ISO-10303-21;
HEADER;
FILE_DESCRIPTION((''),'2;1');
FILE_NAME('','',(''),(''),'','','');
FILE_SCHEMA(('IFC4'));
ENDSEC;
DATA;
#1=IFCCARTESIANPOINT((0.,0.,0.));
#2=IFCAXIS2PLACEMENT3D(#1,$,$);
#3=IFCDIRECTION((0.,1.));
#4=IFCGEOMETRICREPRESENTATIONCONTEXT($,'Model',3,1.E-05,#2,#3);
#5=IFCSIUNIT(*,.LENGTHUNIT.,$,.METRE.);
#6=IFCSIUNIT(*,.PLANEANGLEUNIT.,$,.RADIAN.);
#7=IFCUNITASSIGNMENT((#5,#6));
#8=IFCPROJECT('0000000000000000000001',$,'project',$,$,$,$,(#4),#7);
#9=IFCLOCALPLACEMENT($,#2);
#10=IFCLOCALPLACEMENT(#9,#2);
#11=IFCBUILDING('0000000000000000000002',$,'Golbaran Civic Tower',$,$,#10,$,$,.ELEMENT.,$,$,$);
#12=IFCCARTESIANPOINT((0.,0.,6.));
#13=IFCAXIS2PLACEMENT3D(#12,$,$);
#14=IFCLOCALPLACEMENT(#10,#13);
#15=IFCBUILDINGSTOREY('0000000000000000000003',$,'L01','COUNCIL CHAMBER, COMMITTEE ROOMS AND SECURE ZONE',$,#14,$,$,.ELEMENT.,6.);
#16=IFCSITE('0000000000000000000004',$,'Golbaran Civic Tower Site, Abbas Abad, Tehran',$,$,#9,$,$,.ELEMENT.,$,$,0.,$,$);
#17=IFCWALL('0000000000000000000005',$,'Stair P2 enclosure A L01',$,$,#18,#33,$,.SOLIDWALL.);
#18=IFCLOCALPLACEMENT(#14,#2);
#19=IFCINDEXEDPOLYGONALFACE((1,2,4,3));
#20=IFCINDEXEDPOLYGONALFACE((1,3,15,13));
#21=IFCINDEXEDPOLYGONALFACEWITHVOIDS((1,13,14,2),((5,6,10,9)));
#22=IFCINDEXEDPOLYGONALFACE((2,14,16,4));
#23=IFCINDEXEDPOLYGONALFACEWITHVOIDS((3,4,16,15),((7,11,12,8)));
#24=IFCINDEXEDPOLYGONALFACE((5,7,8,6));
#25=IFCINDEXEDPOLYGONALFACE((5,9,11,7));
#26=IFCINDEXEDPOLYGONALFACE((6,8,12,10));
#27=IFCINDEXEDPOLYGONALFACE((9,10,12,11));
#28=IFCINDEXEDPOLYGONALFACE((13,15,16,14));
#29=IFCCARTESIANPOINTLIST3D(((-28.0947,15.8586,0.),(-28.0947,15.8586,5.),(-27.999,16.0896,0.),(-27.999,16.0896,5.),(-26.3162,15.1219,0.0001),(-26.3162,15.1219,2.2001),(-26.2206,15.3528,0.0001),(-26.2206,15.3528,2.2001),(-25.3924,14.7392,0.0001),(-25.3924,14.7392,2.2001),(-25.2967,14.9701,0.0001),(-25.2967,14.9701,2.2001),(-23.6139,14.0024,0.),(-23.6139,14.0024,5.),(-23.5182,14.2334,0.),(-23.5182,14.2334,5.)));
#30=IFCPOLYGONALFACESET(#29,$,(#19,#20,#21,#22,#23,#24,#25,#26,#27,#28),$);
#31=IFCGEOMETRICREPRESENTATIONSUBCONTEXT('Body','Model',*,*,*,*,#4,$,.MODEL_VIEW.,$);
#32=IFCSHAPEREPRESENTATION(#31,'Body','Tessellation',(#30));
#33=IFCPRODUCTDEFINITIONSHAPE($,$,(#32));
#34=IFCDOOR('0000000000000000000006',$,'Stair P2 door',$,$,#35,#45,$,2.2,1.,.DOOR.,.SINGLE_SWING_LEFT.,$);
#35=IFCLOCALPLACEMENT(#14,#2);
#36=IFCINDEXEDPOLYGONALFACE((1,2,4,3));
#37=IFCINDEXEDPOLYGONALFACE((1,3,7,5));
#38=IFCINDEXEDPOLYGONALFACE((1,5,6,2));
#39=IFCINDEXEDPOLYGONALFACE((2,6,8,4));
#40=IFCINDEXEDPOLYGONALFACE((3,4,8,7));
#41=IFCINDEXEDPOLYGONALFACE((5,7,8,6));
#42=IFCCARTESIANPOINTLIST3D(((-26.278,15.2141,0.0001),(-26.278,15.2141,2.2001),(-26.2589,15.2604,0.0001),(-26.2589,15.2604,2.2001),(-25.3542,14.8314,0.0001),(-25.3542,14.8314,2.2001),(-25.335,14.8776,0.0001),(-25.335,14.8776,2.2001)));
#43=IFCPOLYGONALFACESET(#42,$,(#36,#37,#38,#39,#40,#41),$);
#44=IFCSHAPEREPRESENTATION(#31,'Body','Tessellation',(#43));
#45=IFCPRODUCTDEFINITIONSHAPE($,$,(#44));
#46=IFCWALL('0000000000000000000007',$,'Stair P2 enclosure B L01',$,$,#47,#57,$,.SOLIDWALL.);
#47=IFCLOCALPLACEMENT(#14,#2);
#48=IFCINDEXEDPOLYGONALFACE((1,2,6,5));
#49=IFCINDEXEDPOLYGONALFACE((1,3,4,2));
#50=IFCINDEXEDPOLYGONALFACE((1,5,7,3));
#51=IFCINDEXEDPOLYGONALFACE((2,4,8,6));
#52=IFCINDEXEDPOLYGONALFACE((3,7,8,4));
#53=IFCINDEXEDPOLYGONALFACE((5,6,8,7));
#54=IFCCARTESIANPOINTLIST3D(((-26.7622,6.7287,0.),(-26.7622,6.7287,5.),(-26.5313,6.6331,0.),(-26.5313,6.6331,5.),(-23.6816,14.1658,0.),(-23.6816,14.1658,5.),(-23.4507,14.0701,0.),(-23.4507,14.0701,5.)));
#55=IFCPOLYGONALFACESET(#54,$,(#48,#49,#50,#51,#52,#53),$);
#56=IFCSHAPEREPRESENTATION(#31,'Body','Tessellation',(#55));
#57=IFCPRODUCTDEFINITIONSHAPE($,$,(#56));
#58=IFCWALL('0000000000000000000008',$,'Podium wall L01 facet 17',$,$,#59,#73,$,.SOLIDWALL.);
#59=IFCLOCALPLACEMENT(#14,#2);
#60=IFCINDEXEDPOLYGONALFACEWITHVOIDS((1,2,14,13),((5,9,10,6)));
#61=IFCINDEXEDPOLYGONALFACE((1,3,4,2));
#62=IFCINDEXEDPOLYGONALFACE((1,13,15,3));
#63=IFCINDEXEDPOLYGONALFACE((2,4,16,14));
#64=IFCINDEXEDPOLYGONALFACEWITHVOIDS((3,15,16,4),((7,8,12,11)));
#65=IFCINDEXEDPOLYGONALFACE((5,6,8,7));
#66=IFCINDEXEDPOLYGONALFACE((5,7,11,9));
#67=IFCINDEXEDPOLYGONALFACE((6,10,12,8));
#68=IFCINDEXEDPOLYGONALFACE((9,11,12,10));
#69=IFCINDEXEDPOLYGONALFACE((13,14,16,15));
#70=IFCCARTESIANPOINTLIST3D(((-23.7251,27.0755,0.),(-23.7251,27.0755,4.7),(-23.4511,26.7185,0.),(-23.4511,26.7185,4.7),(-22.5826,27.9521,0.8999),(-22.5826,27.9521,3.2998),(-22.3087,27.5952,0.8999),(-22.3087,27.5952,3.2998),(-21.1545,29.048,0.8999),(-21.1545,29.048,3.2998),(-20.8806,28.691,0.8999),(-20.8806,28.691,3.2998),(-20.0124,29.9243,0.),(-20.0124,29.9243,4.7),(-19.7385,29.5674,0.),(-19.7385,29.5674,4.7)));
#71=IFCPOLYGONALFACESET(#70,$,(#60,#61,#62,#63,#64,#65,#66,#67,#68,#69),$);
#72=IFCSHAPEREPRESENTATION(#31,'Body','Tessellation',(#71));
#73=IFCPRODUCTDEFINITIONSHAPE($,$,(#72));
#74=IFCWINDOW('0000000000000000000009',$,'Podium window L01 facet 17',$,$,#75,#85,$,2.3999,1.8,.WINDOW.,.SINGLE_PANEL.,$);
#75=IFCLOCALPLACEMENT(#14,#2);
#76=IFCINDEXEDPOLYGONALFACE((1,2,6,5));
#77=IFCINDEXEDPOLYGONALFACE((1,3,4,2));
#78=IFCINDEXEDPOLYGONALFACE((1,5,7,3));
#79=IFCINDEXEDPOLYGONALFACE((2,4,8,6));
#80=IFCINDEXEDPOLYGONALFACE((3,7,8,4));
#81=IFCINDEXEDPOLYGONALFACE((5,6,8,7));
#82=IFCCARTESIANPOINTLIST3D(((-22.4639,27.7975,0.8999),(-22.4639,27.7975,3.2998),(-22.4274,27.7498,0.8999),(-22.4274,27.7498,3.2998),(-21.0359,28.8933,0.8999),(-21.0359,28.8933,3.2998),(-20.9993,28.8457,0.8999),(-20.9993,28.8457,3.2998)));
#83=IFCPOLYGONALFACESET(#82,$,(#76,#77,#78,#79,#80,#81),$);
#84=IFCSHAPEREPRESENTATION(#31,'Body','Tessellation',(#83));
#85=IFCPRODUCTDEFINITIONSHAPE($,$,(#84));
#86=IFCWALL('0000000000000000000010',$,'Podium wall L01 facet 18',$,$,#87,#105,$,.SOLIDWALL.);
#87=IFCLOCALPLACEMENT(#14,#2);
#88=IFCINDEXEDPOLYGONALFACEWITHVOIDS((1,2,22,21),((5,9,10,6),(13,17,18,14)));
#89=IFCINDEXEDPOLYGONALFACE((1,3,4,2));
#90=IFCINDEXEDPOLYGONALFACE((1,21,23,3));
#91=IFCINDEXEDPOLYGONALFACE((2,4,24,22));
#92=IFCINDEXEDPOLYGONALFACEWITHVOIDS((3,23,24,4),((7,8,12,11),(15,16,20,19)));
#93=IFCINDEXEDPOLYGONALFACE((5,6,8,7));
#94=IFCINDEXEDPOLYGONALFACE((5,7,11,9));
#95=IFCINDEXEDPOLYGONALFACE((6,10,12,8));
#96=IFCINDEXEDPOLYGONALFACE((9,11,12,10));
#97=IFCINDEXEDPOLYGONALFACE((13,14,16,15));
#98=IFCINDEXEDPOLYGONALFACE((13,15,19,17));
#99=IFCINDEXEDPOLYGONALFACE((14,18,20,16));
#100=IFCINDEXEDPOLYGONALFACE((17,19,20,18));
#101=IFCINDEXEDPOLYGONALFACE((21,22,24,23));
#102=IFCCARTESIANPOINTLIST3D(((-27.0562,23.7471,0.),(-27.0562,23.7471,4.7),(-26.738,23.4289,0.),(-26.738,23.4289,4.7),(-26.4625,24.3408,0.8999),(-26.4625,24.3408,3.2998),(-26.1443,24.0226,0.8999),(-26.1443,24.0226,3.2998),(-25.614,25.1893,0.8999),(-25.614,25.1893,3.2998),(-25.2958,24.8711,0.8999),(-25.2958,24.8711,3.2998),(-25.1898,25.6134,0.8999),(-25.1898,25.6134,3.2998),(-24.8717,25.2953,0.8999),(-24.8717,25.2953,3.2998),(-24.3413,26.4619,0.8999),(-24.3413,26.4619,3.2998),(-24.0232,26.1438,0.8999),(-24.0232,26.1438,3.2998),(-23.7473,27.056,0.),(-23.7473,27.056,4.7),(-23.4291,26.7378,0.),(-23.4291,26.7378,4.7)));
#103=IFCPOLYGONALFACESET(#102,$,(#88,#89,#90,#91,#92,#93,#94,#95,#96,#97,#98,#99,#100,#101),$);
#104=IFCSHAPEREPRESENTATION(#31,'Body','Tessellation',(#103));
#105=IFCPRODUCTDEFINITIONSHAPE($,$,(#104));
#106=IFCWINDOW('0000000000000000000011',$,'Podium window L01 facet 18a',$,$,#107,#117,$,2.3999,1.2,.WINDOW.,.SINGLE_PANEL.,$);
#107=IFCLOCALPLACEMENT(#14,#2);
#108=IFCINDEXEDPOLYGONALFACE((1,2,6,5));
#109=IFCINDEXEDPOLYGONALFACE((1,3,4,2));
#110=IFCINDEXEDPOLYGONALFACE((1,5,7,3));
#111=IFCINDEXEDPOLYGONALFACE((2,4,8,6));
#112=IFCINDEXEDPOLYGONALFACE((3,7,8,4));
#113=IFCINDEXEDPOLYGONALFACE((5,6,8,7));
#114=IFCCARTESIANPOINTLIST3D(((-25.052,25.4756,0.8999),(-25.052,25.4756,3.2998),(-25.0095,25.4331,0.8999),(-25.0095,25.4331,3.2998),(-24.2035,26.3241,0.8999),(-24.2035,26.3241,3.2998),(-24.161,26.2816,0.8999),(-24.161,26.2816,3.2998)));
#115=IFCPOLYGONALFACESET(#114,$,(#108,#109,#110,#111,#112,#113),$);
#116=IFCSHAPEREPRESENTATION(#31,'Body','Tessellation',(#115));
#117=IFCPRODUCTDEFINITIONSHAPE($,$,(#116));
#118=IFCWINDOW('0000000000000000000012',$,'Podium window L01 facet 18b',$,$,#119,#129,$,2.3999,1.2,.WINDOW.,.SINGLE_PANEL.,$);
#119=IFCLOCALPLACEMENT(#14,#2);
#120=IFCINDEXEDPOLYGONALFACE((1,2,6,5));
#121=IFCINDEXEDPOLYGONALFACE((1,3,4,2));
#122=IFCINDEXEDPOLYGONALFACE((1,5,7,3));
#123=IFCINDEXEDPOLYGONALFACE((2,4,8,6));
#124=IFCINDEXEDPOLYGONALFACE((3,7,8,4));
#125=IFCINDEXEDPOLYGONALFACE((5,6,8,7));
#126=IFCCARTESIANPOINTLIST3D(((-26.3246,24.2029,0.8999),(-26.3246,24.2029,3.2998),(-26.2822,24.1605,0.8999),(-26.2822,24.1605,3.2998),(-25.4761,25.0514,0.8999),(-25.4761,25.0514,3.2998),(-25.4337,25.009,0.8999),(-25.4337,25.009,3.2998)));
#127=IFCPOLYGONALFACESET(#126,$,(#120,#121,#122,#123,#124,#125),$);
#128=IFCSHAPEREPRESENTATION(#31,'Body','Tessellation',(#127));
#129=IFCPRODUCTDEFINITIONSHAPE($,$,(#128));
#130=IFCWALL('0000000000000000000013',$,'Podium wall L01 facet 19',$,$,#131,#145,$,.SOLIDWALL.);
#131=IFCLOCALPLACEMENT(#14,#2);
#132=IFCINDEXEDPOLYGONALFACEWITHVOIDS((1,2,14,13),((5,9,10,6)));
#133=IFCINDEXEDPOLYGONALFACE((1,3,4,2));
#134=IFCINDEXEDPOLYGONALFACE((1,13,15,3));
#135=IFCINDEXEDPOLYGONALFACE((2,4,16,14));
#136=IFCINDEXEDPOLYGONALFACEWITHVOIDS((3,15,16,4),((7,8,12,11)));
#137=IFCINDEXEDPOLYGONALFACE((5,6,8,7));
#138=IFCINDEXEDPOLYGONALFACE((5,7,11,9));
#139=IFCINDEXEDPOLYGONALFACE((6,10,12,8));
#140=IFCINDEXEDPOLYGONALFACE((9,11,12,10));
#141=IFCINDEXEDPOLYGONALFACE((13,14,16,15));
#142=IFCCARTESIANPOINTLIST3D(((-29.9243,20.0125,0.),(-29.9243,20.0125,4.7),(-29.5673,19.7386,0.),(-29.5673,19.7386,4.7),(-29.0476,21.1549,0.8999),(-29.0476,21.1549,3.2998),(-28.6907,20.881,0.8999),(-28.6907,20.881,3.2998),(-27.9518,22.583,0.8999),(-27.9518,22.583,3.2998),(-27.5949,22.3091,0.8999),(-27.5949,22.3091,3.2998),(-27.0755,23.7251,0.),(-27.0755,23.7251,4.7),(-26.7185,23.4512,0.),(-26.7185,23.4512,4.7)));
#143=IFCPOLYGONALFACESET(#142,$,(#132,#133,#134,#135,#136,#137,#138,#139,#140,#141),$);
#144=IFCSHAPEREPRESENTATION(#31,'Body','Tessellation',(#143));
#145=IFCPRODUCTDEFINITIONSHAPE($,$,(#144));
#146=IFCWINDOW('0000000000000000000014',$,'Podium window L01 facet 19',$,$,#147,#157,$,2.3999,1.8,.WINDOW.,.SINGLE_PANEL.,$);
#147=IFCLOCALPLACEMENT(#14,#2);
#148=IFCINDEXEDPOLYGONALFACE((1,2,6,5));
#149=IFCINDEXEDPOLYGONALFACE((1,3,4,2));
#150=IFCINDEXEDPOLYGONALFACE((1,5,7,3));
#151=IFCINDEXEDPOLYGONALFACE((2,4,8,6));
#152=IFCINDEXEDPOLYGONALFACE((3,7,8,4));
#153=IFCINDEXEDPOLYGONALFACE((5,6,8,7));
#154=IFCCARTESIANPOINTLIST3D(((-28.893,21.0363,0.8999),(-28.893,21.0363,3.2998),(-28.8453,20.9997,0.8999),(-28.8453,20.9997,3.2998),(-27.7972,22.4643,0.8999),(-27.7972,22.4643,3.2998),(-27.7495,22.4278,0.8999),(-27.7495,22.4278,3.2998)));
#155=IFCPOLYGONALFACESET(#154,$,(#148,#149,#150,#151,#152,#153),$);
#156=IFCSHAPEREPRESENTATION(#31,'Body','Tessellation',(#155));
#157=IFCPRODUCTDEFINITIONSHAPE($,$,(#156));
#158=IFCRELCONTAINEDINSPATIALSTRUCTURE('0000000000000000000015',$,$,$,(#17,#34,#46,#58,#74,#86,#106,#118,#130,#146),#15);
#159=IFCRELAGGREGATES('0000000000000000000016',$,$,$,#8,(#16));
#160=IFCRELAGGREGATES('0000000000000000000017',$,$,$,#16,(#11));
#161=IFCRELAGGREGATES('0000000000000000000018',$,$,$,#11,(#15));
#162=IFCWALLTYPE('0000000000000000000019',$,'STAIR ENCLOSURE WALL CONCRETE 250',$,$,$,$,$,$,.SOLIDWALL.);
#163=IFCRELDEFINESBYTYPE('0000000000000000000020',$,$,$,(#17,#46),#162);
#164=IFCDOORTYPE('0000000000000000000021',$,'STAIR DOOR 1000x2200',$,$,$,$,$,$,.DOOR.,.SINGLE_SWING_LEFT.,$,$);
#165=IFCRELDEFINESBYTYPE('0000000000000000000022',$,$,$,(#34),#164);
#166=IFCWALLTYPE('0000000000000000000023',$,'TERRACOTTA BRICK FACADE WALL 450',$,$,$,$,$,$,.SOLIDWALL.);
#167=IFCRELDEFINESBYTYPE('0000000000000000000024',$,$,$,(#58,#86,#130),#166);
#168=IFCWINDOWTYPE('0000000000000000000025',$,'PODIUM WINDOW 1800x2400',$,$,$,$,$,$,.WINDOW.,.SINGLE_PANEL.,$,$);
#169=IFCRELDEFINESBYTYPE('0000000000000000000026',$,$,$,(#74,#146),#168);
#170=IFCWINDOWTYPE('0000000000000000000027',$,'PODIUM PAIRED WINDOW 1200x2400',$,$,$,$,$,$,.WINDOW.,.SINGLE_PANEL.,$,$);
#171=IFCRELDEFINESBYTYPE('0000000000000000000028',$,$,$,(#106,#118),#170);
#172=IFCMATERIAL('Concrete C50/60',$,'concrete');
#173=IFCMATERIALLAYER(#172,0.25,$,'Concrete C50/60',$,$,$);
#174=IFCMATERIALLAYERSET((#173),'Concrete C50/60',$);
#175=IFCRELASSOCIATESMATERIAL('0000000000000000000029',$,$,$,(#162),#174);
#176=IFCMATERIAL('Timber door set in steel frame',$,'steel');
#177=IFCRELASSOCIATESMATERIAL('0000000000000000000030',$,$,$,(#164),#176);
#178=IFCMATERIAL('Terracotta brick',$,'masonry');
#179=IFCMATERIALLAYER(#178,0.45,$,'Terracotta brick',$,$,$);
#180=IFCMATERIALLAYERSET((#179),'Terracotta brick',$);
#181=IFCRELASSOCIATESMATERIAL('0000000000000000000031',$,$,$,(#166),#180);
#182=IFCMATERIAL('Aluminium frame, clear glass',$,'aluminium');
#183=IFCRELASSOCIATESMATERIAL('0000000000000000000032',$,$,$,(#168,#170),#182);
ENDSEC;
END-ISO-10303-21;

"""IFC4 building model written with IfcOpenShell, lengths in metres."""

from ifc_helpers import new_model, si_unit, direction, frame, frame_2d, origin, place, context, subcontext, project, spatial, rectangle, extrude, material, layer, layer_set, type_object, element, fill, save


model = new_model("IFC4")

# Units and contexts
model_context = context("Model", 3, precision=1e-05, world=origin(), true_north=direction((0.0, 1.0)))
body_context = subcontext(model_context, "Body", "Model", "MODEL_VIEW")
ifc_project = project(units=[si_unit("LENGTHUNIT", "METRE"), si_unit("PLANEANGLEUNIT", "RADIAN")], contexts=[model_context])

# Site, building, storey
site_placement = place(None, origin())
site = spatial("IfcSite", under=ifc_project, at=site_placement, Name="Golbaran Civic Tower Site, Abbas Abad, Tehran", CompositionType="ELEMENT", RefElevation=0.0)
building_placement = place(site_placement, origin())
building = spatial("IfcBuilding", under=site, at=building_placement, Name="Golbaran Civic Tower", CompositionType="ELEMENT")
storey_placement = place(building_placement, frame((0.0, 0.0, 6.0)))
storey = spatial("IfcBuildingStorey", under=building, at=storey_placement, Name="L01", Description="COUNCIL CHAMBER, COMMITTEE ROOMS AND SECURE ZONE", CompositionType="ELEMENT", Elevation=6.0)

# Shared definitions
ifc_material_1 = material(Name="Concrete C50/60", Category="concrete")

# Wall, opening, door
ifc_material_2 = material(Name="Timber door set in steel frame", Category="steel")
ifc_layer_1 = layer(ifc_material_1, 0.25, Name="Concrete C50/60")
ifc_layer_set_1 = layer_set([ifc_layer_1], Name="Concrete C50/60")
wall_type_1 = type_object("IfcWallType", Name="STAIR ENCLOSURE WALL CONCRETE 250", PredefinedType="SOLIDWALL", material=ifc_layer_set_1)
wall_1_placement = place(storey_placement, frame((-28.0469, 15.9741, 0.0), z_axis=(0.0, 0.0, 1.0), x_axis=(0.923863, -0.382724, 0.0)))
wall_1 = element("IfcWall", 1, at=wall_1_placement, inside=storey, type_object=wall_type_1, Name="Stair P2 enclosure A L01", PredefinedType="SOLIDWALL", context=body_context, shape_type="SweptSolid", body=[
    extrude(rectangle(XDim=4.8501, YDim=0.25, at=frame_2d((2.425, 0.0))), origin(), (0.0, 0.0, 1.0), 5.0),
])
opening_1_placement = place(wall_1_placement, frame((1.925, 0.0, 0.0)))
opening_1 = element("IfcOpeningElement", 2, at=opening_1_placement, cuts=wall_1, PredefinedType="OPENING", context=body_context, shape_type="SweptSolid", body=[
    extrude(rectangle(XDim=1.0, YDim=2.2, at=frame_2d((0.5, 1.1001))), frame((0.0, 0.135, 0.0), z_axis=(0.0, -1.0, 0.0), x_axis=(1.0, 0.0, 0.0)), (0.0, 0.0, 1.0), 0.27),
])
door_type_1 = type_object("IfcDoorType", Name="STAIR DOOR 1000x2200", OperationType="SINGLE_SWING_LEFT", PredefinedType="DOOR", material=ifc_material_2)
door_1_placement = place(opening_1_placement, origin())
door_1 = element("IfcDoor", 3, at=door_1_placement, inside=storey, type_object=door_type_1, Name="Stair P2 door", OperationType="SINGLE_SWING_LEFT", OverallHeight=2.2, OverallWidth=1.0, PredefinedType="DOOR", context=body_context, shape_type="SweptSolid", body=[
    extrude(rectangle(XDim=1.0, YDim=2.2, at=frame_2d((0.5, 1.1001))), frame((0.0, 0.0249, 0.0), z_axis=(0.0, -1.0, 0.0), x_axis=(1.0, 0.0, 0.0)), (0.0, 0.0, 1.0), 0.05),
])
fill(opening_1, door_1)

# Wall
wall_2_placement = place(storey_placement, frame((-23.5662, 14.1179, 0.0), z_axis=(0.0, 0.0, 1.0), x_axis=(-0.382689, -0.923877, 0.0)))
element("IfcWall", 4, at=wall_2_placement, inside=storey, type_object=wall_type_1, Name="Stair P2 enclosure B L01", PredefinedType="SOLIDWALL", context=body_context, shape_type="SweptSolid", body=[
    extrude(rectangle(XDim=8.0498, YDim=0.25, at=frame_2d((4.0249, 0.0))), origin(), (0.0, 0.0, 1.0), 5.0),
])

# Wall, opening, window
ifc_material_3 = material(Name="Terracotta brick", Category="masonry")
ifc_layer_2 = layer(ifc_material_3, 0.45, Name="Terracotta brick")
ifc_layer_set_2 = layer_set([ifc_layer_2], Name="Terracotta brick")
wall_type_2 = type_object("IfcWallType", Name="TERRACOTTA BRICK FACADE WALL 450", PredefinedType="SOLIDWALL", material=ifc_layer_set_2)
wall_3_placement = place(storey_placement, frame((-19.8755, 29.7458, 0.0), z_axis=(0.0, 0.0, 1.0), x_axis=(-0.793347, -0.60877, 0.0)))
wall_3 = element("IfcWall", 5, at=wall_3_placement, inside=storey, type_object=wall_type_2, Name="Podium wall L01 facet 17", PredefinedType="SOLIDWALL", context=body_context, shape_type="SweptSolid", body=[
    extrude(rectangle(XDim=4.6797, YDim=0.45, at=frame_2d((2.3398, 0.0))), origin(), (0.0, 0.0, 1.0), 4.7),
])
opening_2_placement = place(wall_3_placement, frame((1.4397, 0.0, 0.8999)))
opening_2 = element("IfcOpeningElement", 6, at=opening_2_placement, cuts=wall_3, PredefinedType="OPENING", context=body_context, shape_type="SweptSolid", body=[
    extrude(rectangle(XDim=1.8, YDim=2.3999, at=frame_2d((0.8999, 1.2))), frame((0.0, 0.2349, 0.0), z_axis=(0.0, -1.0, 0.0), x_axis=(1.0, 0.0, 0.0)), (0.0, 0.0, 1.0), 0.47),
])
ifc_material_4 = material(Name="Aluminium frame, clear glass", Category="aluminium")
window_type_1 = type_object("IfcWindowType", Name="PODIUM WINDOW 1800x2400", PartitioningType="SINGLE_PANEL", PredefinedType="WINDOW", material=ifc_material_4)
window_1_placement = place(opening_2_placement, origin())
window_1 = element("IfcWindow", 7, at=window_1_placement, inside=storey, type_object=window_type_1, Name="Podium window L01 facet 17", OverallHeight=2.3999, OverallWidth=1.8, PartitioningType="SINGLE_PANEL", PredefinedType="WINDOW", context=body_context, shape_type="SweptSolid", body=[
    extrude(rectangle(XDim=1.8, YDim=2.3999, at=frame_2d((0.8999, 1.2))), frame((0.0, 0.03, 0.0), z_axis=(0.0, -1.0, 0.0), x_axis=(1.0, 0.0, 0.0)), (0.0, 0.0, 1.0), 0.0601),
])
fill(opening_2, window_1)

# Wall, openings, windows
wall_4_placement = place(storey_placement, frame((-23.5881, 26.897, 0.0), z_axis=(0.0, 0.0, 1.0), x_axis=(-0.707107, -0.707107, 0.0)))
wall_4 = element("IfcWall", 8, at=wall_4_placement, inside=storey, type_object=wall_type_2, Name="Podium wall L01 facet 18", PredefinedType="SOLIDWALL", context=body_context, shape_type="SweptSolid", body=[
    extrude(rectangle(XDim=4.6794, YDim=0.45, at=frame_2d((2.3398, 0.0))), origin(), (0.0, 0.0, 1.0), 4.7),
])
opening_3_placement = place(wall_4_placement, frame((0.8401, 0.0, 0.8999)))
opening_3 = element("IfcOpeningElement", 9, at=opening_3_placement, cuts=wall_4, PredefinedType="OPENING", context=body_context, shape_type="SweptSolid", body=[
    extrude(rectangle(XDim=1.2, YDim=2.3999, at=frame_2d((0.6001, 1.2))), frame((0.0, 0.2349, 0.0), z_axis=(0.0, -1.0, 0.0), x_axis=(1.0, 0.0, 0.0)), (0.0, 0.0, 1.0), 0.47),
])
opening_4_placement = place(wall_4_placement, frame((2.6399, 0.0, 0.8999)))
opening_4 = element("IfcOpeningElement", 10, at=opening_4_placement, cuts=wall_4, PredefinedType="OPENING", context=body_context, shape_type="SweptSolid", body=[
    extrude(rectangle(XDim=1.2, YDim=2.3999, at=frame_2d((0.6001, 1.2))), frame((0.0, 0.2349, 0.0), z_axis=(0.0, -1.0, 0.0), x_axis=(1.0, 0.0, 0.0)), (0.0, 0.0, 1.0), 0.47),
])
window_type_2 = type_object("IfcWindowType", Name="PODIUM PAIRED WINDOW 1200x2400", PartitioningType="SINGLE_PANEL", PredefinedType="WINDOW", material=ifc_material_4)
window_2_placement = place(opening_3_placement, origin())
window_2 = element("IfcWindow", 11, at=window_2_placement, inside=storey, type_object=window_type_2, Name="Podium window L01 facet 18a", OverallHeight=2.3999, OverallWidth=1.2, PartitioningType="SINGLE_PANEL", PredefinedType="WINDOW", context=body_context, shape_type="SweptSolid", body=[
    extrude(rectangle(XDim=1.2, YDim=2.3999, at=frame_2d((0.6001, 1.2))), frame((0.0, 0.03, 0.0), z_axis=(0.0, -1.0, 0.0), x_axis=(1.0, 0.0, 0.0)), (0.0, 0.0, 1.0), 0.0601),
])
fill(opening_3, window_2)
window_3_placement = place(opening_4_placement, origin())
window_3 = element("IfcWindow", 12, at=window_3_placement, inside=storey, type_object=window_type_2, Name="Podium window L01 facet 18b", OverallHeight=2.3999, OverallWidth=1.2, PartitioningType="SINGLE_PANEL", PredefinedType="WINDOW", context=body_context, shape_type="SweptSolid", body=[
    extrude(rectangle(XDim=1.2, YDim=2.3999, at=frame_2d((0.6001, 1.2))), frame((0.0, 0.03, 0.0), z_axis=(0.0, -1.0, 0.0), x_axis=(1.0, 0.0, 0.0)), (0.0, 0.0, 1.0), 0.0601),
])
fill(opening_4, window_3)

# Wall, opening, window
wall_5_placement = place(storey_placement, frame((-26.897, 23.5881, 0.0), z_axis=(0.0, 0.0, 1.0), x_axis=(-0.60877, -0.793347, 0.0)))
wall_5 = element("IfcWall", 13, at=wall_5_placement, inside=storey, type_object=wall_type_2, Name="Podium wall L01 facet 19", PredefinedType="SOLIDWALL", context=body_context, shape_type="SweptSolid", body=[
    extrude(rectangle(XDim=4.6797, YDim=0.45, at=frame_2d((2.3398, 0.0))), origin(), (0.0, 0.0, 1.0), 4.7),
])
opening_5_placement = place(wall_5_placement, frame((1.4397, 0.0, 0.8999)))
opening_5 = element("IfcOpeningElement", 14, at=opening_5_placement, cuts=wall_5, PredefinedType="OPENING", context=body_context, shape_type="SweptSolid", body=[
    extrude(rectangle(XDim=1.8, YDim=2.3999, at=frame_2d((0.8999, 1.2))), frame((0.0, 0.2349, 0.0), z_axis=(0.0, -1.0, 0.0), x_axis=(1.0, 0.0, 0.0)), (0.0, 0.0, 1.0), 0.47),
])
window_4_placement = place(opening_5_placement, origin())
window_4 = element("IfcWindow", 15, at=window_4_placement, inside=storey, type_object=window_type_1, Name="Podium window L01 facet 19", OverallHeight=2.3999, OverallWidth=1.8, PartitioningType="SINGLE_PANEL", PredefinedType="WINDOW", context=body_context, shape_type="SweptSolid", body=[
    extrude(rectangle(XDim=1.8, YDim=2.3999, at=frame_2d((0.8999, 1.2))), frame((0.0, 0.03, 0.0), z_axis=(0.0, -1.0, 0.0), x_axis=(1.0, 0.0, 0.0)), (0.0, 0.0, 1.0), 0.0601),
])
fill(opening_5, window_4)

save(model, "model.ifc")
